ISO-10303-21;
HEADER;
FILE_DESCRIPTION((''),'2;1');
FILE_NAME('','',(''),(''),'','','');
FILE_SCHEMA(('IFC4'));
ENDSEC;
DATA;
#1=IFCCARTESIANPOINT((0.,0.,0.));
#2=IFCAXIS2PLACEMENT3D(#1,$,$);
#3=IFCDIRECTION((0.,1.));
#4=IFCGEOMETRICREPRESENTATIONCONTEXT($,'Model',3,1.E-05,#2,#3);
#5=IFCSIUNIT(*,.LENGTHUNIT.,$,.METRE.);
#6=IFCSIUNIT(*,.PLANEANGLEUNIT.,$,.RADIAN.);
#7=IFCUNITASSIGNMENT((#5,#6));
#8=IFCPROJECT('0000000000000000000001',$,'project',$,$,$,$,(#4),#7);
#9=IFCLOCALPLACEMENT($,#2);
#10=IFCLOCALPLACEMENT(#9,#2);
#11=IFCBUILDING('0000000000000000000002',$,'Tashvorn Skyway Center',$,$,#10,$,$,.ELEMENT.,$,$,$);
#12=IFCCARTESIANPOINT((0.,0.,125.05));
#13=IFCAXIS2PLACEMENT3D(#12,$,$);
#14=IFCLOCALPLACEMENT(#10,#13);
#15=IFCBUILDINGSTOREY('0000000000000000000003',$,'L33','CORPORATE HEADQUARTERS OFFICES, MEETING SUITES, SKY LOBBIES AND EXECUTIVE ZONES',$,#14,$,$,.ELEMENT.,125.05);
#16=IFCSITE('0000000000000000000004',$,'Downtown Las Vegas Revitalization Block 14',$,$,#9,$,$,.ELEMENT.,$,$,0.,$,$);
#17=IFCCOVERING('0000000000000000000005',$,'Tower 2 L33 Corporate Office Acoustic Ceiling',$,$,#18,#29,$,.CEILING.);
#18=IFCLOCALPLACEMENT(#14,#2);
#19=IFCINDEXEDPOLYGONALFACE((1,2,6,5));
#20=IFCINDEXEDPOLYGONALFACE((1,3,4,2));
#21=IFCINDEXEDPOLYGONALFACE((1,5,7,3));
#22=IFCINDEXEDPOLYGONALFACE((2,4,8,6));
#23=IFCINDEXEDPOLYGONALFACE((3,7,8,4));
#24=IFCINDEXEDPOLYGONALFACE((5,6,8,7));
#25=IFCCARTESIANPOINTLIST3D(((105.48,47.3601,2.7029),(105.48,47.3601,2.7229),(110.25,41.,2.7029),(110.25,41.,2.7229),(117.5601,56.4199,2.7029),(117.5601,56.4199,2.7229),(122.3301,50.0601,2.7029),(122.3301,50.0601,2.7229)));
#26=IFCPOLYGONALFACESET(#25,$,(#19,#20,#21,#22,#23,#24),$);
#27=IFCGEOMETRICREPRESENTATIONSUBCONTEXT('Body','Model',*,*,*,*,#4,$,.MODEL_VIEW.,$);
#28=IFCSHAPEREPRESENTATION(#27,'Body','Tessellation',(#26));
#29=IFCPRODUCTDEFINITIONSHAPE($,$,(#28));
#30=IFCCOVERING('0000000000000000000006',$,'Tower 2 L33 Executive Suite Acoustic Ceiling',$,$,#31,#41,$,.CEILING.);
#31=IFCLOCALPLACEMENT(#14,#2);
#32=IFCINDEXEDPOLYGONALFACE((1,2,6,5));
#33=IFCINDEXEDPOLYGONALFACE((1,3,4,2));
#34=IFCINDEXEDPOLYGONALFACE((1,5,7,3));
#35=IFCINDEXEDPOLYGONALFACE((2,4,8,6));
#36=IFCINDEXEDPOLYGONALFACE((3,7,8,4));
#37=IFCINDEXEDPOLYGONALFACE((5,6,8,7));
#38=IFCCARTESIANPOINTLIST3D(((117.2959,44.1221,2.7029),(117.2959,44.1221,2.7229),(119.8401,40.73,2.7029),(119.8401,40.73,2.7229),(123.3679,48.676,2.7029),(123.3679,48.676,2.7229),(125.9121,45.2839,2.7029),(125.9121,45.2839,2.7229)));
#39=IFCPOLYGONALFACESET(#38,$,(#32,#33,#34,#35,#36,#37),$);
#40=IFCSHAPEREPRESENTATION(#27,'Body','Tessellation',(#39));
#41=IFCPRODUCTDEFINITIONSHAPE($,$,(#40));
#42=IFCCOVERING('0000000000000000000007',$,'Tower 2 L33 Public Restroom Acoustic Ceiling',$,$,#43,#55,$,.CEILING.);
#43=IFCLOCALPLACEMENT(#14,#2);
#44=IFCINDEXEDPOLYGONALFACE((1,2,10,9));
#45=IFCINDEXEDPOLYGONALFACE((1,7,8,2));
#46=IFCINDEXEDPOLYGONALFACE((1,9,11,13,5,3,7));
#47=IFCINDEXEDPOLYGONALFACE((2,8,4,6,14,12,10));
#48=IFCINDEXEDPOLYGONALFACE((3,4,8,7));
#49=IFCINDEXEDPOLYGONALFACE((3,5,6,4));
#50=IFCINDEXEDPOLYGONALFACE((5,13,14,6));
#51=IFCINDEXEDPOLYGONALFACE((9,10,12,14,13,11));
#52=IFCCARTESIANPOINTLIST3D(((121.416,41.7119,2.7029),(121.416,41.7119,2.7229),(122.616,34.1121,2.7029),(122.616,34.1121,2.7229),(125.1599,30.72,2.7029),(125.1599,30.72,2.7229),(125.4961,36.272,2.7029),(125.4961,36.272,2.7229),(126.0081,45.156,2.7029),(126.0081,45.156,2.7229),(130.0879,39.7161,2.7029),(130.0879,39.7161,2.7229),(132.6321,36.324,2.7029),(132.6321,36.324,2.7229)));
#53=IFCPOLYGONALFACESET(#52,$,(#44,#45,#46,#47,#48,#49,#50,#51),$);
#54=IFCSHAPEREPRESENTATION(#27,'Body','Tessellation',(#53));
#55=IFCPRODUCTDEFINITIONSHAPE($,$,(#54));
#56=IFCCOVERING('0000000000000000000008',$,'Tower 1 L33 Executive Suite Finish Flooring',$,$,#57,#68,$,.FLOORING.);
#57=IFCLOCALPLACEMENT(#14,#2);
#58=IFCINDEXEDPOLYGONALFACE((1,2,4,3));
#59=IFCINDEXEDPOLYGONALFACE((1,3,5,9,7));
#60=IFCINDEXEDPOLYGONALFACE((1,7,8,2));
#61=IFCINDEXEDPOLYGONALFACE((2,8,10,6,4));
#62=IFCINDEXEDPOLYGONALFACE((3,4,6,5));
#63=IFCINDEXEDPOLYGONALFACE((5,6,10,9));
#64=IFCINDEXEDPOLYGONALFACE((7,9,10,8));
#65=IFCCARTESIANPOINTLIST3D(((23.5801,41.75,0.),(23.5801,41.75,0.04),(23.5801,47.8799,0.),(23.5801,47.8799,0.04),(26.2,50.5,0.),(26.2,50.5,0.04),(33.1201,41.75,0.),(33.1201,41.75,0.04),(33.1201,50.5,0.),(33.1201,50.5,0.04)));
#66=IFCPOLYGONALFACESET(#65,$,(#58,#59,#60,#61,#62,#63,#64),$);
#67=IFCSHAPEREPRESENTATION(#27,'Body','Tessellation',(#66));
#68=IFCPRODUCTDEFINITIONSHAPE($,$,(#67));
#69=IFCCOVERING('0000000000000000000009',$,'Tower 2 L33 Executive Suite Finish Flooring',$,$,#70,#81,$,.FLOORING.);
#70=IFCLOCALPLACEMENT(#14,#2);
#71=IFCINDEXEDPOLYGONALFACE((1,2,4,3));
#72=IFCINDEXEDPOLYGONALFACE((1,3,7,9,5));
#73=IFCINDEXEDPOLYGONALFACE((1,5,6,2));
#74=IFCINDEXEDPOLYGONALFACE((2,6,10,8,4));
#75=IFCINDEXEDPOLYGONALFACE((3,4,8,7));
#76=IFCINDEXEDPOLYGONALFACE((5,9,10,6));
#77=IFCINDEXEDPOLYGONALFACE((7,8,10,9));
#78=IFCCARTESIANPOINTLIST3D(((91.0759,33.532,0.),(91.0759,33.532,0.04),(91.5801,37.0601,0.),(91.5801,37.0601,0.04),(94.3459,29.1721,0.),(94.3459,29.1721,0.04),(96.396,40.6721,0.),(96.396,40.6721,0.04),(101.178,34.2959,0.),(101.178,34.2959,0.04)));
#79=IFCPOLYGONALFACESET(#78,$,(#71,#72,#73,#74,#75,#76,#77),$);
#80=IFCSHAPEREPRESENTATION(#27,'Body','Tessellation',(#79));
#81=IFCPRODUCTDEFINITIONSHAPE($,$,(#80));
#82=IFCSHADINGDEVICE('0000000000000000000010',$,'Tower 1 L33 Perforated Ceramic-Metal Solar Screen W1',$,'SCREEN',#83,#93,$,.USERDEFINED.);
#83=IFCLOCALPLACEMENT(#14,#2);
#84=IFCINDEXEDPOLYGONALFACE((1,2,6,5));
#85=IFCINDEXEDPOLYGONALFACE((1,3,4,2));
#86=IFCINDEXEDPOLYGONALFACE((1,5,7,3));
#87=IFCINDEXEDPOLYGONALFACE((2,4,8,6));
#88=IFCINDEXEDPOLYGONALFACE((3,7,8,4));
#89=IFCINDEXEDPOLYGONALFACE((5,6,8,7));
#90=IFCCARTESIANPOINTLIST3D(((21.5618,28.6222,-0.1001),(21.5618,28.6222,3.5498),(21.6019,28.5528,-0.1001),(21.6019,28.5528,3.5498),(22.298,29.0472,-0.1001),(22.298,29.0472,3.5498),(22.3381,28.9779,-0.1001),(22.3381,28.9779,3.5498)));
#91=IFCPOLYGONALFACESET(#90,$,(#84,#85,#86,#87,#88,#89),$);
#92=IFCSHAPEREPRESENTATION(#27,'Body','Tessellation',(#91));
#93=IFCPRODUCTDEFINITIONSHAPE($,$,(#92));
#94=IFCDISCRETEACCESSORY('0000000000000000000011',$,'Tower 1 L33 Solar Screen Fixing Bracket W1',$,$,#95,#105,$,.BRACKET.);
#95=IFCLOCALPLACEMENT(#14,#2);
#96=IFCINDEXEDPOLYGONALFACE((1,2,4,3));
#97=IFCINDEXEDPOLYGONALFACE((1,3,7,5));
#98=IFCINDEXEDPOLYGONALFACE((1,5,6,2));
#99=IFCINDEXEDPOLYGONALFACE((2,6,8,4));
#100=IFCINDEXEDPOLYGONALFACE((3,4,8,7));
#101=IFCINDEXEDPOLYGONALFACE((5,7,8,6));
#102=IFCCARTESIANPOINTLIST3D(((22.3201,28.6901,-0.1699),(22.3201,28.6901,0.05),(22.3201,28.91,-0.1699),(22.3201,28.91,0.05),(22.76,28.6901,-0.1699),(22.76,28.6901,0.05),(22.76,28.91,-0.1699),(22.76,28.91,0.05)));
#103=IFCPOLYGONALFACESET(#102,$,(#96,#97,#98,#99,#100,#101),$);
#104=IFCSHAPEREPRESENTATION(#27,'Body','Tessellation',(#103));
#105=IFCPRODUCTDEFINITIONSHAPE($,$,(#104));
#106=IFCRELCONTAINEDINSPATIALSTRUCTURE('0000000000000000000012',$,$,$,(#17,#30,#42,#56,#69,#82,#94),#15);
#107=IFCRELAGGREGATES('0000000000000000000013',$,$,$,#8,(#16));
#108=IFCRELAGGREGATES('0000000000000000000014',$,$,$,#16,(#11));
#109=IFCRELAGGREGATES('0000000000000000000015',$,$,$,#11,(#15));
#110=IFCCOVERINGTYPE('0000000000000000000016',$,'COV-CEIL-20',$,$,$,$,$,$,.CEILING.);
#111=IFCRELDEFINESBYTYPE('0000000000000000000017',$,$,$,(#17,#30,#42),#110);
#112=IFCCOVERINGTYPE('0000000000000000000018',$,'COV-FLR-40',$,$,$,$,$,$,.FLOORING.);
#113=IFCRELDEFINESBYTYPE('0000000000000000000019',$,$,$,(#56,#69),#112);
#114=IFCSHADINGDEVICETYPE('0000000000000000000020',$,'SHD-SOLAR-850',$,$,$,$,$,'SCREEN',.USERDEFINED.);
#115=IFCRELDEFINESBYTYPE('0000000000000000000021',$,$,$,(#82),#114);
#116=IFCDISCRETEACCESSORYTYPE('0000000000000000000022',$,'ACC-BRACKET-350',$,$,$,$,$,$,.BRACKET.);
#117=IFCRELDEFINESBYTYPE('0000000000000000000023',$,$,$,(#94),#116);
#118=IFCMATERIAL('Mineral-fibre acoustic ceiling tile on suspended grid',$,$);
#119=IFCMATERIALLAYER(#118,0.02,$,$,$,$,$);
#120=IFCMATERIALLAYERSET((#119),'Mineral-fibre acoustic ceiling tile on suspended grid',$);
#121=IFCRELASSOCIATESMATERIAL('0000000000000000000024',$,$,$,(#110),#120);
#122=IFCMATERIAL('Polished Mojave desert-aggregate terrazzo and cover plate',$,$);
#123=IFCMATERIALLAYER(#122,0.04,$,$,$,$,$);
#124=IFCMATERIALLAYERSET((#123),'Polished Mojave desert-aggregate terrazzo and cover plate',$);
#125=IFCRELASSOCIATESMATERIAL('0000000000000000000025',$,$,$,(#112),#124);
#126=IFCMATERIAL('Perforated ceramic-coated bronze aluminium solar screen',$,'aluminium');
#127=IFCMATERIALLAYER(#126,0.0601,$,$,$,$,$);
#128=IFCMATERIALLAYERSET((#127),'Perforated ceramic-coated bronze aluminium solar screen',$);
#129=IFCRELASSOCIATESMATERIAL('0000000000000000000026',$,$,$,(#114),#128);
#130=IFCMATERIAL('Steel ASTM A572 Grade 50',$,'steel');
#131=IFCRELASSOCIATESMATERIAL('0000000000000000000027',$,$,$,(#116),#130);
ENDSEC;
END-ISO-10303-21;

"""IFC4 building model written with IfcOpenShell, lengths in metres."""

from ifc_helpers import new_model, si_unit, direction, frame, origin, origin_2d, place, context, subcontext, project, spatial, polyline, rectangle, outline, extrude, material, layer, layer_set, type_object, element, save


model = new_model("IFC4")

# Units and contexts
model_context = context("Model", 3, precision=1e-05, world=origin(), true_north=direction((0.0, 1.0)))
body_context = subcontext(model_context, "Body", "Model", "MODEL_VIEW")
ifc_project = project(units=[si_unit("LENGTHUNIT", "METRE"), si_unit("PLANEANGLEUNIT", "RADIAN")], contexts=[model_context])

# Site, building, storey
site_placement = place(None, origin())
site = spatial("IfcSite", under=ifc_project, at=site_placement, Name="Downtown Las Vegas Revitalization Block 14", CompositionType="ELEMENT", RefElevation=0.0)
building_placement = place(site_placement, origin())
building = spatial("IfcBuilding", under=site, at=building_placement, Name="Tashvorn Skyway Center", CompositionType="ELEMENT")
storey_placement = place(building_placement, frame((0.0, 0.0, 125.05)))
storey = spatial("IfcBuildingStorey", under=building, at=storey_placement, Name="L33", Description="CORPORATE HEADQUARTERS OFFICES, MEETING SUITES, SKY LOBBIES AND EXECUTIVE ZONES", CompositionType="ELEMENT", Elevation=125.05)

# Coverings
ifc_material_1 = material(Name="Mineral-fibre acoustic ceiling tile on suspended grid")
ifc_layer_1 = layer(ifc_material_1, 0.02)
ifc_layer_set_1 = layer_set([ifc_layer_1], Name="Mineral-fibre acoustic ceiling tile on suspended grid")
covering_type_1 = type_object("IfcCoveringType", Name="COV-CEIL-20", PredefinedType="CEILING", material=ifc_layer_set_1)
covering_1_placement = place(storey_placement, frame((0.0, 0.0, 2.7029)))
element("IfcCovering", 1, at=covering_1_placement, inside=storey, type_object=covering_type_1, Name="Tower 2 L33 Corporate Office Acoustic Ceiling", PredefinedType="CEILING", context=body_context, shape_type="SweptSolid", body=[
    extrude(outline(polyline([(110.25, 41.0), (122.3301, 50.0601), (117.5601, 56.4199), (105.48, 47.3601), (110.25, 41.0)])), origin(), (0.0, 0.0, 1.0), 0.02),
])
covering_2_placement = place(storey_placement, frame((0.0, 0.0, 2.7029)))
element("IfcCovering", 2, at=covering_2_placement, inside=storey, type_object=covering_type_1, Name="Tower 2 L33 Executive Suite Acoustic Ceiling", PredefinedType="CEILING", context=body_context, shape_type="SweptSolid", body=[
    extrude(outline(polyline([(119.8401, 40.73), (117.2959, 44.1221), (123.3679, 48.676), (125.9121, 45.2839), (119.8401, 40.73)])), origin(), (0.0, 0.0, 1.0), 0.02),
])
covering_3_placement = place(storey_placement, frame((0.0, 0.0, 2.7029)))
element("IfcCovering", 3, at=covering_3_placement, inside=storey, type_object=covering_type_1, Name="Tower 2 L33 Public Restroom Acoustic Ceiling", PredefinedType="CEILING", context=body_context, shape_type="SweptSolid", body=[
    extrude(outline(polyline([(125.1599, 30.72), (122.616, 34.1121), (125.4961, 36.272), (121.416, 41.7119), (126.0081, 45.156), (130.0879, 39.7161), (132.6321, 36.324), (125.1599, 30.72)])), origin(), (0.0, 0.0, 1.0), 0.02),
])
ifc_material_2 = material(Name="Polished Mojave desert-aggregate terrazzo and cover plate")
ifc_layer_2 = layer(ifc_material_2, 0.04)
ifc_layer_set_2 = layer_set([ifc_layer_2], Name="Polished Mojave desert-aggregate terrazzo and cover plate")
covering_type_2 = type_object("IfcCoveringType", Name="COV-FLR-40", PredefinedType="FLOORING", material=ifc_layer_set_2)
covering_4_placement = place(storey_placement, origin())
element("IfcCovering", 4, at=covering_4_placement, inside=storey, type_object=covering_type_2, Name="Tower 1 L33 Executive Suite Finish Flooring", PredefinedType="FLOORING", context=body_context, shape_type="SweptSolid", body=[
    extrude(outline(polyline([(33.1201, 41.75), (23.5801, 41.75), (23.5801, 47.8799), (26.2, 50.5), (33.1201, 50.5), (33.1201, 41.75)])), origin(), (0.0, 0.0, 1.0), 0.04),
])
covering_5_placement = place(storey_placement, origin())
element("IfcCovering", 5, at=covering_5_placement, inside=storey, type_object=covering_type_2, Name="Tower 2 L33 Executive Suite Finish Flooring", PredefinedType="FLOORING", context=body_context, shape_type="SweptSolid", body=[
    extrude(outline(polyline([(101.178, 34.2959), (94.3459, 29.1721), (91.0759, 33.532), (91.5801, 37.0601), (96.396, 40.6721), (101.178, 34.2959)])), origin(), (0.0, 0.0, 1.0), 0.04),
])

# Shading device
ifc_material_3 = material(Name="Perforated ceramic-coated bronze aluminium solar screen", Category="aluminium")
ifc_layer_3 = layer(ifc_material_3, 0.0601)
ifc_layer_set_3 = layer_set([ifc_layer_3], Name="Perforated ceramic-coated bronze aluminium solar screen")
shading_device_type = type_object("IfcShadingDeviceType", Name="SHD-SOLAR-850", ElementType="SCREEN", PredefinedType="USERDEFINED", material=ifc_layer_set_3)
shading_device_placement = place(storey_placement, frame((21.95, 28.8, -0.1001), z_axis=(0.0, 0.0, 1.0), x_axis=(-0.5, 0.866025, 0.0)))
element("IfcShadingDevice", 6, at=shading_device_placement, inside=storey, type_object=shading_device_type, Name="Tower 1 L33 Perforated Ceramic-Metal Solar Screen W1", ObjectType="SCREEN", PredefinedType="USERDEFINED", context=body_context, shape_type="SweptSolid", body=[
    extrude(rectangle(XDim=0.0801, YDim=0.8501, at=origin_2d()), origin(), (0.0, 0.0, 1.0), 3.6499),
])

# Discrete accessory
ifc_material_4 = material(Name="Steel ASTM A572 Grade 50", Category="steel")
discrete_accessory_type = type_object("IfcDiscreteAccessoryType", Name="ACC-BRACKET-350", PredefinedType="BRACKET", material=ifc_material_4)
discrete_accessory_placement = place(storey_placement, frame((22.54, 28.8, -0.1699), z_axis=(0.0, 0.0, 1.0), x_axis=(0.0, 1.0, 0.0)))
element("IfcDiscreteAccessory", 7, at=discrete_accessory_placement, inside=storey, type_object=discrete_accessory_type, Name="Tower 1 L33 Solar Screen Fixing Bracket W1", PredefinedType="BRACKET", context=body_context, shape_type="SweptSolid", body=[
    extrude(rectangle(XDim=0.22, YDim=0.4399, at=origin_2d()), origin(), (0.0, 0.0, 1.0), 0.22),
])

save(model, "model.ifc")
